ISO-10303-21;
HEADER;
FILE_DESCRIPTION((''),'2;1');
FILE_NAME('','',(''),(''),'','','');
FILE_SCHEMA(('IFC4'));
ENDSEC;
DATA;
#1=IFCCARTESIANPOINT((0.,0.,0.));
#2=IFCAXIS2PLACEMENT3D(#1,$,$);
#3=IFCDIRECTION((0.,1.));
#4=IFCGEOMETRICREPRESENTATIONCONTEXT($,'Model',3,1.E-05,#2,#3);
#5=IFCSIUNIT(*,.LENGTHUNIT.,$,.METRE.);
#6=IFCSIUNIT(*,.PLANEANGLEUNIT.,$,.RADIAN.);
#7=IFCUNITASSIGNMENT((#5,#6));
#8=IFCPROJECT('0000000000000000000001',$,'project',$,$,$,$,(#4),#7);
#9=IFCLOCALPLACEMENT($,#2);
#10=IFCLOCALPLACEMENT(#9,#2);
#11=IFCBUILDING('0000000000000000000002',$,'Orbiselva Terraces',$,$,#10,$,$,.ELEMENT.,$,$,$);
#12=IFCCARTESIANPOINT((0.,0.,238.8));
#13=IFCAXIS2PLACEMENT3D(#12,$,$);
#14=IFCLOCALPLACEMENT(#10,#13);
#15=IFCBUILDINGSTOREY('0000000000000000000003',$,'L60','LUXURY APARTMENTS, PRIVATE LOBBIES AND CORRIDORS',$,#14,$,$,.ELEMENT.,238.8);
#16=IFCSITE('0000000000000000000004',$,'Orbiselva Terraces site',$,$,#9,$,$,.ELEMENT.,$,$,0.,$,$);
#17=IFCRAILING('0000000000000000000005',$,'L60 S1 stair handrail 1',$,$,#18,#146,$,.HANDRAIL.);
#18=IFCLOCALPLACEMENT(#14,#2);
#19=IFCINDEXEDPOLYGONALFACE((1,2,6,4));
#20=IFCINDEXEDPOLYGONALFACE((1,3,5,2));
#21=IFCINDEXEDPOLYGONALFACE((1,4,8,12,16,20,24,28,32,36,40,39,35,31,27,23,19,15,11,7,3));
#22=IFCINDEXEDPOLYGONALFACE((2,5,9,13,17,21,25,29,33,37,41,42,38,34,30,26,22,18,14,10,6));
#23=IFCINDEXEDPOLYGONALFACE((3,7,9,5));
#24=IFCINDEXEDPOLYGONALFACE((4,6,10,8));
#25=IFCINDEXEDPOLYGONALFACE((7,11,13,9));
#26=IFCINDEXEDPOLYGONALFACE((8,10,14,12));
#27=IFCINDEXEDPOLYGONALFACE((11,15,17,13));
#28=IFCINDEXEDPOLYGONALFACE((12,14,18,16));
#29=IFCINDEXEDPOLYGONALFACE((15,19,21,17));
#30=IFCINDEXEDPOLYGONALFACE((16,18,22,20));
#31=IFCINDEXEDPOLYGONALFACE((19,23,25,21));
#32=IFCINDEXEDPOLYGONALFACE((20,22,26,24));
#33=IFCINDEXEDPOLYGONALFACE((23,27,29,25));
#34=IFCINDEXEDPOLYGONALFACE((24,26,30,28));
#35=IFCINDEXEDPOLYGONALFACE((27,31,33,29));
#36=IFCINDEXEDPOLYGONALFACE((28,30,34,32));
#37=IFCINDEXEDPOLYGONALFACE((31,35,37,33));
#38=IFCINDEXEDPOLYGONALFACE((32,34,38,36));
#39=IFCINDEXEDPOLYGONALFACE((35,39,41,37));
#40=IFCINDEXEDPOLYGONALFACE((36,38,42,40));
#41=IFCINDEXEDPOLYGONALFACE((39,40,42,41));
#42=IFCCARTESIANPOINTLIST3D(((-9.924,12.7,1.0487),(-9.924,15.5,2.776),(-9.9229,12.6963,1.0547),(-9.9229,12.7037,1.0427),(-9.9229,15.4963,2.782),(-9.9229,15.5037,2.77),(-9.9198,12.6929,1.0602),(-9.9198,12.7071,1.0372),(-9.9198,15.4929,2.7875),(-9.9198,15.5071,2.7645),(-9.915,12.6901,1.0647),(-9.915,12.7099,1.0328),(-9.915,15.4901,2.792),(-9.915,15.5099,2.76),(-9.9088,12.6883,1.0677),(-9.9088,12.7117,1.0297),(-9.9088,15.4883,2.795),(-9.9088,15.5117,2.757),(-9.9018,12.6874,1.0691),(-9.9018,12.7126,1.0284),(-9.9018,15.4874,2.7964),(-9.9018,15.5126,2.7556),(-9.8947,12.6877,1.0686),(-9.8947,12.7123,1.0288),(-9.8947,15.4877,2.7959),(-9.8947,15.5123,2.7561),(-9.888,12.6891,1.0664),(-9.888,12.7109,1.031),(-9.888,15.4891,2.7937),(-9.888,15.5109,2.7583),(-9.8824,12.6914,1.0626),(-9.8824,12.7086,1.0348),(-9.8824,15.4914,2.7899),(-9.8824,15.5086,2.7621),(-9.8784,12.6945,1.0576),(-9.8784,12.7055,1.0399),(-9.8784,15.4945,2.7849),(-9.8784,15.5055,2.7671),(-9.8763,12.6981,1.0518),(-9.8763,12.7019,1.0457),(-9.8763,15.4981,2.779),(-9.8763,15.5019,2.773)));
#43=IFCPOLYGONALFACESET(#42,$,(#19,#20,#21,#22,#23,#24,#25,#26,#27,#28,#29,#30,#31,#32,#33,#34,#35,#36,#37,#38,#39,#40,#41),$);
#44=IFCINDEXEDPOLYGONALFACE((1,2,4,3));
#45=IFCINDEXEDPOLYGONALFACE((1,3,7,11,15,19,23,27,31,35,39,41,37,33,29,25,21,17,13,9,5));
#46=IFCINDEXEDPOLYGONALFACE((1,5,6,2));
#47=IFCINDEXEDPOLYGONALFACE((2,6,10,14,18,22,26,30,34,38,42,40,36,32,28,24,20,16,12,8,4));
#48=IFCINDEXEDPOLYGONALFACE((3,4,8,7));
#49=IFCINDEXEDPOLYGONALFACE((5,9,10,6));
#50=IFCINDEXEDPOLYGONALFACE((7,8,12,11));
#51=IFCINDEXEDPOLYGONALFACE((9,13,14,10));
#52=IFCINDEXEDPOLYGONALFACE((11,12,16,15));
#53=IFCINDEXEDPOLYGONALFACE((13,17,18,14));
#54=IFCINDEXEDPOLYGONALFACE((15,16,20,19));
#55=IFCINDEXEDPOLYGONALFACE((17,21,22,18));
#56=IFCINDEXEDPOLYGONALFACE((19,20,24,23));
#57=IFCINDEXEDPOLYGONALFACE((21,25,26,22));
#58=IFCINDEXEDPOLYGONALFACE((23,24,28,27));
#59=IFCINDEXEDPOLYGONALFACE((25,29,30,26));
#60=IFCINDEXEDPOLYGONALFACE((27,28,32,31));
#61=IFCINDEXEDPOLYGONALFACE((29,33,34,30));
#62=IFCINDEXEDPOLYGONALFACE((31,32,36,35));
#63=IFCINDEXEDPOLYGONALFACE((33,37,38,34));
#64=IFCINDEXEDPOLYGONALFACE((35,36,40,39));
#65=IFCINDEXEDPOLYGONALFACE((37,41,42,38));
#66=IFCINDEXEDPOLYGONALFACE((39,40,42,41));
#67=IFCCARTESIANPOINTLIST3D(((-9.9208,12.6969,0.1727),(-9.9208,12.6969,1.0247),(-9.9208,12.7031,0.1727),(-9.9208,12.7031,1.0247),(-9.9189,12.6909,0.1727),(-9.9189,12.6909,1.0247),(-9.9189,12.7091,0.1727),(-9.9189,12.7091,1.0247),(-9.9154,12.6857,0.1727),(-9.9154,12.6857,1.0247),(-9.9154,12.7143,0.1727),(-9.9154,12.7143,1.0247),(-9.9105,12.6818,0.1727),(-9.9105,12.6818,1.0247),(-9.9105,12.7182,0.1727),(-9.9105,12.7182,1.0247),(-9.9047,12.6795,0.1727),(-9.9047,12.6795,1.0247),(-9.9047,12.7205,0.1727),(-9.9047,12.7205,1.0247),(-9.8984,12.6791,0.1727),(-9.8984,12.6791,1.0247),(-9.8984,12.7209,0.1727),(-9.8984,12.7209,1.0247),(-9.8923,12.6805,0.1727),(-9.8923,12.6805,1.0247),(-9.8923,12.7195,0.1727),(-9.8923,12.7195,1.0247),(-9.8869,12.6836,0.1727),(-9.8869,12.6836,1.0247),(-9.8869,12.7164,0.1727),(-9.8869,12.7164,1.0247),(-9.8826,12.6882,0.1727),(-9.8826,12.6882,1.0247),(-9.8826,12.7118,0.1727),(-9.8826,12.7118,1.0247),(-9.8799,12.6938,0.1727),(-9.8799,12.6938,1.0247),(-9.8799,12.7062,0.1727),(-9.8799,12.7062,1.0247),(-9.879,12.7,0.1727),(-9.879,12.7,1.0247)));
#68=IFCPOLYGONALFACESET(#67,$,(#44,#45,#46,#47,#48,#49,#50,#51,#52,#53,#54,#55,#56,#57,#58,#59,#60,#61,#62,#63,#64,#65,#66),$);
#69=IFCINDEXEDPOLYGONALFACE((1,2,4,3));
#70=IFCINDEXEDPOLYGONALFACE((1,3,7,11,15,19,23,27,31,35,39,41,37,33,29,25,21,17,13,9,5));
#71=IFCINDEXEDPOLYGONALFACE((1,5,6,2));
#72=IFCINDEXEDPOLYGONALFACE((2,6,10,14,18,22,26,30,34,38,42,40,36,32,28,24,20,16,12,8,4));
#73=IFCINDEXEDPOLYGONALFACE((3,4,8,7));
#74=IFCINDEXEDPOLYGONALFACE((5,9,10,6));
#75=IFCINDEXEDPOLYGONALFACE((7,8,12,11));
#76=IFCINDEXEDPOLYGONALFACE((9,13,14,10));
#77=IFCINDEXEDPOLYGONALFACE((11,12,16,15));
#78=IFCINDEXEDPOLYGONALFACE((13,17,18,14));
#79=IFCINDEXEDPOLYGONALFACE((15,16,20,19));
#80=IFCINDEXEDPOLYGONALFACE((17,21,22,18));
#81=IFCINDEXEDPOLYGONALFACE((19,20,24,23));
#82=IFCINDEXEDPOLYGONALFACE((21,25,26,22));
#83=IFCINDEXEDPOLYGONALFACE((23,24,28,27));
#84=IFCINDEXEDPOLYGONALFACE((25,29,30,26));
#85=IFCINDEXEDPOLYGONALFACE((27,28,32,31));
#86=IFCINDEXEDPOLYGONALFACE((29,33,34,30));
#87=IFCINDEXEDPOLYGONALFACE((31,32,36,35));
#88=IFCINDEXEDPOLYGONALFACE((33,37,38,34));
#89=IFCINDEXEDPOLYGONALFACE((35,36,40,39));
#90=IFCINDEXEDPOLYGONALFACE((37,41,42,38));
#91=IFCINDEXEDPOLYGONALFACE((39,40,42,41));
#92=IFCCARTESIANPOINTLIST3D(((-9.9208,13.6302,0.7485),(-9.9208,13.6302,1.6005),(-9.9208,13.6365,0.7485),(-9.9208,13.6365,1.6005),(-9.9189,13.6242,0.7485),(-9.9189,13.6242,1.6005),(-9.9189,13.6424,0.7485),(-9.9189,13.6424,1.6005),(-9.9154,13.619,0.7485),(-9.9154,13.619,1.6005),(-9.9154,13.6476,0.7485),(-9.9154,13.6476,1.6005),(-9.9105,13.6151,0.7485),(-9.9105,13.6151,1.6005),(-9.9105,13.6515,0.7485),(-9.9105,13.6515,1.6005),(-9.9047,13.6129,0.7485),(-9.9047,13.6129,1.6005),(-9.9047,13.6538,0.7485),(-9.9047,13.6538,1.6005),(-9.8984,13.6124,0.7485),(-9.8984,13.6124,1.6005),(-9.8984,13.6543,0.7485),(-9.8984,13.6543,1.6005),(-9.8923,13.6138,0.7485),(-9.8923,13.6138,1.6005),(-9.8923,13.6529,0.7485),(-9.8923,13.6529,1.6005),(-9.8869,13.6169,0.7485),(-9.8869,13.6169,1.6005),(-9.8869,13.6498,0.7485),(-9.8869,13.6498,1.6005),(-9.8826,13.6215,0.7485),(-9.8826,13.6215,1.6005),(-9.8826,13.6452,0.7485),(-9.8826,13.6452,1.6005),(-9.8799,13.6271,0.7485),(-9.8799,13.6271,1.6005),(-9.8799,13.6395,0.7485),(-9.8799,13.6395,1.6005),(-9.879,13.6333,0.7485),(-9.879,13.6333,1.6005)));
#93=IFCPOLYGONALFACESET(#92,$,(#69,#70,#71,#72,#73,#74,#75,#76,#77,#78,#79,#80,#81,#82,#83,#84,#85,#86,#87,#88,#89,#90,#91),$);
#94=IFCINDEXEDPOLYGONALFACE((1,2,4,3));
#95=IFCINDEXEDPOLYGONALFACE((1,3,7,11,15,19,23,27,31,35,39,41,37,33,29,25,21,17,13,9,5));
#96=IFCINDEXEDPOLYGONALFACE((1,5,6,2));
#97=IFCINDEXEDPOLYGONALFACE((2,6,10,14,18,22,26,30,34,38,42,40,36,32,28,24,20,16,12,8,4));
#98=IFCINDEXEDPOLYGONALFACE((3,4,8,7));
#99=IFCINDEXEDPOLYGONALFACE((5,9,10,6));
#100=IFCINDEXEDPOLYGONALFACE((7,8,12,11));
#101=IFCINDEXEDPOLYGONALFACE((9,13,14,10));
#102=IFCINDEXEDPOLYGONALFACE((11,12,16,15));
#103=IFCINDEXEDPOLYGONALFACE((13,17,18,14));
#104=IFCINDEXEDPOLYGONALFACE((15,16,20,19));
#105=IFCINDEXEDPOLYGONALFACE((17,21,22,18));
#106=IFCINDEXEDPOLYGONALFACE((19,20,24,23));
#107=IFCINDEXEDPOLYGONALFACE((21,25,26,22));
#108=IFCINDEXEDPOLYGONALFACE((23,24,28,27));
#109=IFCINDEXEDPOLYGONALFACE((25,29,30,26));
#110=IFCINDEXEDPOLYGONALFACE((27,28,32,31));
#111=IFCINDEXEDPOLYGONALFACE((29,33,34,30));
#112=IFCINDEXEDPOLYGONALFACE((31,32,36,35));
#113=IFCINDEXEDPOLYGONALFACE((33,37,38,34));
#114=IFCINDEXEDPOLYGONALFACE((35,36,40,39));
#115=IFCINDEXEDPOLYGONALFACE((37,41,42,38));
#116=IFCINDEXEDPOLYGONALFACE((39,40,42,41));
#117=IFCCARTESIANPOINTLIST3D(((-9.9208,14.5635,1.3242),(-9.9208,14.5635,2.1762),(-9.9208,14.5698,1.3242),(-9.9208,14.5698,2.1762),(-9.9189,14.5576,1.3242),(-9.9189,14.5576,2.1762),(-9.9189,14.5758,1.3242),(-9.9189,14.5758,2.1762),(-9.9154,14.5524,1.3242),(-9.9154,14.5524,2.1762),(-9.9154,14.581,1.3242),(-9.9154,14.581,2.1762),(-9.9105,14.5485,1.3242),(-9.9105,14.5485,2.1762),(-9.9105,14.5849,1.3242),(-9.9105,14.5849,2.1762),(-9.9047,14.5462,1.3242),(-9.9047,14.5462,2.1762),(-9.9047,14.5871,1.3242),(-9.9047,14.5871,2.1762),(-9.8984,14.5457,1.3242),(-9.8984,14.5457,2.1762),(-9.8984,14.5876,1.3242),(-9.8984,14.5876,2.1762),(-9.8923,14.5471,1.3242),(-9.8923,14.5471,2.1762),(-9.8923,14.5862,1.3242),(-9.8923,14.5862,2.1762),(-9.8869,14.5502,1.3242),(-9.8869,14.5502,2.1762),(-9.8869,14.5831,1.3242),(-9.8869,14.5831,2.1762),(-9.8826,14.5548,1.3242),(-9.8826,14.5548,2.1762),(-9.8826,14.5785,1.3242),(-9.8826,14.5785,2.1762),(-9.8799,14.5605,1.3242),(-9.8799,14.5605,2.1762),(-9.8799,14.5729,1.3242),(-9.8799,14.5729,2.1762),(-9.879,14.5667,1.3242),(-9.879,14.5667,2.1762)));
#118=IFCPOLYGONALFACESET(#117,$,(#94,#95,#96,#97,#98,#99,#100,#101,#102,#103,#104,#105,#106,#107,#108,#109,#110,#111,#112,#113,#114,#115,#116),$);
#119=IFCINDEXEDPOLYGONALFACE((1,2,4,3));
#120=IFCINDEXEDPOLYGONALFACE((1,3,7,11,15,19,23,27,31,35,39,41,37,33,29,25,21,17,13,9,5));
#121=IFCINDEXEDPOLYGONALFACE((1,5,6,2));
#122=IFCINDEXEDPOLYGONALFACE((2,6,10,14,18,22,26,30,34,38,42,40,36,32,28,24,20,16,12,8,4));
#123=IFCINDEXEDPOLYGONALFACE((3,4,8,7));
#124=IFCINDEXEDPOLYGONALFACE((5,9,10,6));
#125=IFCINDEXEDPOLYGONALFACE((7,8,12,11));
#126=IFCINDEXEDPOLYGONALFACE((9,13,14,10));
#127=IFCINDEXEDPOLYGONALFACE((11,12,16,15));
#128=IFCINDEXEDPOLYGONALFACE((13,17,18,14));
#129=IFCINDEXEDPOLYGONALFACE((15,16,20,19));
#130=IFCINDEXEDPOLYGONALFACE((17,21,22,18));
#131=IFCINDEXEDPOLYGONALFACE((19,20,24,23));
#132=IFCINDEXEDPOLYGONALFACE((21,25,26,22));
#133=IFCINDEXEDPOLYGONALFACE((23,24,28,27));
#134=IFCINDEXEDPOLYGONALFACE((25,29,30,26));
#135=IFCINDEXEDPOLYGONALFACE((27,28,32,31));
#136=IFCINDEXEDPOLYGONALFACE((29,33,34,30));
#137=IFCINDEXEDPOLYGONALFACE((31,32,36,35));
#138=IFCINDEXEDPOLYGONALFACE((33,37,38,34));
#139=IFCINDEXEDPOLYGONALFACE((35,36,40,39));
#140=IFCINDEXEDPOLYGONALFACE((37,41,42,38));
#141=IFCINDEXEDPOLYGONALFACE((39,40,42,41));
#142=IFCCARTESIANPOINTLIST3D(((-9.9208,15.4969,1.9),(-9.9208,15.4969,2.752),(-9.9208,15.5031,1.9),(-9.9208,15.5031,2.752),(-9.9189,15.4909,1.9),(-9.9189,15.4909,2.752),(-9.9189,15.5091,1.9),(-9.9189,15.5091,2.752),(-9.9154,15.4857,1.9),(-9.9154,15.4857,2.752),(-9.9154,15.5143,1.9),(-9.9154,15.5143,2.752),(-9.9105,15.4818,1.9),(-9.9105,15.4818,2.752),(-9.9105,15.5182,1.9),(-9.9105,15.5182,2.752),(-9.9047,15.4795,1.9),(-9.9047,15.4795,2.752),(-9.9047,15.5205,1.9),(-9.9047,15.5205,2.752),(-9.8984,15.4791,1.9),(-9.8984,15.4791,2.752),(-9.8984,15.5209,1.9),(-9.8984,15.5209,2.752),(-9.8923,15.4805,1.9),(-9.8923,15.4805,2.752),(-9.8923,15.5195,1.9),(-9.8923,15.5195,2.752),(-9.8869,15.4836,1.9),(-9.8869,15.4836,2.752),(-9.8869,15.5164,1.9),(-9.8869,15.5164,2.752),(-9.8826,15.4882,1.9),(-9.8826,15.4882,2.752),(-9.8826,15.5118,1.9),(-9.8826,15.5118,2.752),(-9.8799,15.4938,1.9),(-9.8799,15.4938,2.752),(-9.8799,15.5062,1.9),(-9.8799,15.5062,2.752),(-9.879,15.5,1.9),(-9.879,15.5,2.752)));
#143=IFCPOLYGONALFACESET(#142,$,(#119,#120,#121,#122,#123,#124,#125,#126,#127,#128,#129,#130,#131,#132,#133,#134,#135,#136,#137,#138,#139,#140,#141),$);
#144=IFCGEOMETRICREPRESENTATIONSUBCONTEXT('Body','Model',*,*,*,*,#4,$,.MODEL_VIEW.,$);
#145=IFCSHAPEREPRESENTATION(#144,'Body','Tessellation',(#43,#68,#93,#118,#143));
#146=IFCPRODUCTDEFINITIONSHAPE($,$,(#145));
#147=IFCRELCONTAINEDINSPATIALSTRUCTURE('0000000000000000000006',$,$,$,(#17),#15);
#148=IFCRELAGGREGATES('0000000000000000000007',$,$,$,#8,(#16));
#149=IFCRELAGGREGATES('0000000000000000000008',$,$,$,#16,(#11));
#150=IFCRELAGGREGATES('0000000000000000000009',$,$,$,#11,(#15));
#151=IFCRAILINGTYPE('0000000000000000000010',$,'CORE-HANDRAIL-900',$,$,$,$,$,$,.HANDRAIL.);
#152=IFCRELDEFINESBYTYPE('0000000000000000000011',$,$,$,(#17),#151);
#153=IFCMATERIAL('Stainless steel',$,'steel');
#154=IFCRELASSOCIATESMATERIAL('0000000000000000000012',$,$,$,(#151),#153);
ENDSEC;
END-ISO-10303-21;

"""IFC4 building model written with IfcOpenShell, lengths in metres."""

from ifc_helpers import new_model, si_unit, direction, frame, origin, origin_2d, place, context, subcontext, project, spatial, circle, extrude, material, type_object, element, save


model = new_model("IFC4")

# Units and contexts
model_context = context("Model", 3, precision=1e-05, world=origin(), true_north=direction((0.0, 1.0)))
body_context = subcontext(model_context, "Body", "Model", "MODEL_VIEW")
ifc_project = project(units=[si_unit("LENGTHUNIT", "METRE"), si_unit("PLANEANGLEUNIT", "RADIAN")], contexts=[model_context])

# Site, building, storey
site_placement = place(None, origin())
site = spatial("IfcSite", under=ifc_project, at=site_placement, Name="Orbiselva Terraces site", CompositionType="ELEMENT", RefElevation=0.0)
building_placement = place(site_placement, origin())
building = spatial("IfcBuilding", under=site, at=building_placement, Name="Orbiselva Terraces", CompositionType="ELEMENT")
storey_placement = place(building_placement, frame((0.0, 0.0, 238.8)))
storey = spatial("IfcBuildingStorey", under=building, at=storey_placement, Name="L60", Description="LUXURY APARTMENTS, PRIVATE LOBBIES AND CORRIDORS", CompositionType="ELEMENT", Elevation=238.8)

# Railing
ifc_material_1 = material(Name="Stainless steel", Category="steel")
railing_type_1 = type_object("IfcRailingType", Name="CORE-HANDRAIL-900", PredefinedType="HANDRAIL", material=ifc_material_1)
railing_1_placement = place(storey_placement, frame((-9.9, 12.7, 0.1727)))
element("IfcRailing", 1, at=railing_1_placement, inside=storey, type_object=railing_type_1, Name="L60 S1 stair handrail 1", PredefinedType="HANDRAIL", context=body_context, shape_type="SweptSolid", body=[
    extrude(circle(Radius=0.024, at=origin_2d()), frame((0.0, 0.0, 0.876), z_axis=(0.0, 0.851089, 0.525022), x_axis=(-1.0, 0.0, 0.0)), (0.0, 0.0, 1.0), 3.2899),
    extrude(circle(Radius=0.021, at=origin_2d()), origin(), (0.0, 0.0, 1.0), 0.852),
    extrude(circle(Radius=0.021, at=origin_2d()), frame((0.0, 0.9333, 0.5758)), (0.0, 0.0, 1.0), 0.852),
    extrude(circle(Radius=0.021, at=origin_2d()), frame((0.0, 1.8667, 1.1515)), (0.0, 0.0, 1.0), 0.852),
    extrude(circle(Radius=0.021, at=origin_2d()), frame((0.0, 2.8, 1.7273)), (0.0, 0.0, 1.0), 0.852),
])

save(model, "model.ifc")
